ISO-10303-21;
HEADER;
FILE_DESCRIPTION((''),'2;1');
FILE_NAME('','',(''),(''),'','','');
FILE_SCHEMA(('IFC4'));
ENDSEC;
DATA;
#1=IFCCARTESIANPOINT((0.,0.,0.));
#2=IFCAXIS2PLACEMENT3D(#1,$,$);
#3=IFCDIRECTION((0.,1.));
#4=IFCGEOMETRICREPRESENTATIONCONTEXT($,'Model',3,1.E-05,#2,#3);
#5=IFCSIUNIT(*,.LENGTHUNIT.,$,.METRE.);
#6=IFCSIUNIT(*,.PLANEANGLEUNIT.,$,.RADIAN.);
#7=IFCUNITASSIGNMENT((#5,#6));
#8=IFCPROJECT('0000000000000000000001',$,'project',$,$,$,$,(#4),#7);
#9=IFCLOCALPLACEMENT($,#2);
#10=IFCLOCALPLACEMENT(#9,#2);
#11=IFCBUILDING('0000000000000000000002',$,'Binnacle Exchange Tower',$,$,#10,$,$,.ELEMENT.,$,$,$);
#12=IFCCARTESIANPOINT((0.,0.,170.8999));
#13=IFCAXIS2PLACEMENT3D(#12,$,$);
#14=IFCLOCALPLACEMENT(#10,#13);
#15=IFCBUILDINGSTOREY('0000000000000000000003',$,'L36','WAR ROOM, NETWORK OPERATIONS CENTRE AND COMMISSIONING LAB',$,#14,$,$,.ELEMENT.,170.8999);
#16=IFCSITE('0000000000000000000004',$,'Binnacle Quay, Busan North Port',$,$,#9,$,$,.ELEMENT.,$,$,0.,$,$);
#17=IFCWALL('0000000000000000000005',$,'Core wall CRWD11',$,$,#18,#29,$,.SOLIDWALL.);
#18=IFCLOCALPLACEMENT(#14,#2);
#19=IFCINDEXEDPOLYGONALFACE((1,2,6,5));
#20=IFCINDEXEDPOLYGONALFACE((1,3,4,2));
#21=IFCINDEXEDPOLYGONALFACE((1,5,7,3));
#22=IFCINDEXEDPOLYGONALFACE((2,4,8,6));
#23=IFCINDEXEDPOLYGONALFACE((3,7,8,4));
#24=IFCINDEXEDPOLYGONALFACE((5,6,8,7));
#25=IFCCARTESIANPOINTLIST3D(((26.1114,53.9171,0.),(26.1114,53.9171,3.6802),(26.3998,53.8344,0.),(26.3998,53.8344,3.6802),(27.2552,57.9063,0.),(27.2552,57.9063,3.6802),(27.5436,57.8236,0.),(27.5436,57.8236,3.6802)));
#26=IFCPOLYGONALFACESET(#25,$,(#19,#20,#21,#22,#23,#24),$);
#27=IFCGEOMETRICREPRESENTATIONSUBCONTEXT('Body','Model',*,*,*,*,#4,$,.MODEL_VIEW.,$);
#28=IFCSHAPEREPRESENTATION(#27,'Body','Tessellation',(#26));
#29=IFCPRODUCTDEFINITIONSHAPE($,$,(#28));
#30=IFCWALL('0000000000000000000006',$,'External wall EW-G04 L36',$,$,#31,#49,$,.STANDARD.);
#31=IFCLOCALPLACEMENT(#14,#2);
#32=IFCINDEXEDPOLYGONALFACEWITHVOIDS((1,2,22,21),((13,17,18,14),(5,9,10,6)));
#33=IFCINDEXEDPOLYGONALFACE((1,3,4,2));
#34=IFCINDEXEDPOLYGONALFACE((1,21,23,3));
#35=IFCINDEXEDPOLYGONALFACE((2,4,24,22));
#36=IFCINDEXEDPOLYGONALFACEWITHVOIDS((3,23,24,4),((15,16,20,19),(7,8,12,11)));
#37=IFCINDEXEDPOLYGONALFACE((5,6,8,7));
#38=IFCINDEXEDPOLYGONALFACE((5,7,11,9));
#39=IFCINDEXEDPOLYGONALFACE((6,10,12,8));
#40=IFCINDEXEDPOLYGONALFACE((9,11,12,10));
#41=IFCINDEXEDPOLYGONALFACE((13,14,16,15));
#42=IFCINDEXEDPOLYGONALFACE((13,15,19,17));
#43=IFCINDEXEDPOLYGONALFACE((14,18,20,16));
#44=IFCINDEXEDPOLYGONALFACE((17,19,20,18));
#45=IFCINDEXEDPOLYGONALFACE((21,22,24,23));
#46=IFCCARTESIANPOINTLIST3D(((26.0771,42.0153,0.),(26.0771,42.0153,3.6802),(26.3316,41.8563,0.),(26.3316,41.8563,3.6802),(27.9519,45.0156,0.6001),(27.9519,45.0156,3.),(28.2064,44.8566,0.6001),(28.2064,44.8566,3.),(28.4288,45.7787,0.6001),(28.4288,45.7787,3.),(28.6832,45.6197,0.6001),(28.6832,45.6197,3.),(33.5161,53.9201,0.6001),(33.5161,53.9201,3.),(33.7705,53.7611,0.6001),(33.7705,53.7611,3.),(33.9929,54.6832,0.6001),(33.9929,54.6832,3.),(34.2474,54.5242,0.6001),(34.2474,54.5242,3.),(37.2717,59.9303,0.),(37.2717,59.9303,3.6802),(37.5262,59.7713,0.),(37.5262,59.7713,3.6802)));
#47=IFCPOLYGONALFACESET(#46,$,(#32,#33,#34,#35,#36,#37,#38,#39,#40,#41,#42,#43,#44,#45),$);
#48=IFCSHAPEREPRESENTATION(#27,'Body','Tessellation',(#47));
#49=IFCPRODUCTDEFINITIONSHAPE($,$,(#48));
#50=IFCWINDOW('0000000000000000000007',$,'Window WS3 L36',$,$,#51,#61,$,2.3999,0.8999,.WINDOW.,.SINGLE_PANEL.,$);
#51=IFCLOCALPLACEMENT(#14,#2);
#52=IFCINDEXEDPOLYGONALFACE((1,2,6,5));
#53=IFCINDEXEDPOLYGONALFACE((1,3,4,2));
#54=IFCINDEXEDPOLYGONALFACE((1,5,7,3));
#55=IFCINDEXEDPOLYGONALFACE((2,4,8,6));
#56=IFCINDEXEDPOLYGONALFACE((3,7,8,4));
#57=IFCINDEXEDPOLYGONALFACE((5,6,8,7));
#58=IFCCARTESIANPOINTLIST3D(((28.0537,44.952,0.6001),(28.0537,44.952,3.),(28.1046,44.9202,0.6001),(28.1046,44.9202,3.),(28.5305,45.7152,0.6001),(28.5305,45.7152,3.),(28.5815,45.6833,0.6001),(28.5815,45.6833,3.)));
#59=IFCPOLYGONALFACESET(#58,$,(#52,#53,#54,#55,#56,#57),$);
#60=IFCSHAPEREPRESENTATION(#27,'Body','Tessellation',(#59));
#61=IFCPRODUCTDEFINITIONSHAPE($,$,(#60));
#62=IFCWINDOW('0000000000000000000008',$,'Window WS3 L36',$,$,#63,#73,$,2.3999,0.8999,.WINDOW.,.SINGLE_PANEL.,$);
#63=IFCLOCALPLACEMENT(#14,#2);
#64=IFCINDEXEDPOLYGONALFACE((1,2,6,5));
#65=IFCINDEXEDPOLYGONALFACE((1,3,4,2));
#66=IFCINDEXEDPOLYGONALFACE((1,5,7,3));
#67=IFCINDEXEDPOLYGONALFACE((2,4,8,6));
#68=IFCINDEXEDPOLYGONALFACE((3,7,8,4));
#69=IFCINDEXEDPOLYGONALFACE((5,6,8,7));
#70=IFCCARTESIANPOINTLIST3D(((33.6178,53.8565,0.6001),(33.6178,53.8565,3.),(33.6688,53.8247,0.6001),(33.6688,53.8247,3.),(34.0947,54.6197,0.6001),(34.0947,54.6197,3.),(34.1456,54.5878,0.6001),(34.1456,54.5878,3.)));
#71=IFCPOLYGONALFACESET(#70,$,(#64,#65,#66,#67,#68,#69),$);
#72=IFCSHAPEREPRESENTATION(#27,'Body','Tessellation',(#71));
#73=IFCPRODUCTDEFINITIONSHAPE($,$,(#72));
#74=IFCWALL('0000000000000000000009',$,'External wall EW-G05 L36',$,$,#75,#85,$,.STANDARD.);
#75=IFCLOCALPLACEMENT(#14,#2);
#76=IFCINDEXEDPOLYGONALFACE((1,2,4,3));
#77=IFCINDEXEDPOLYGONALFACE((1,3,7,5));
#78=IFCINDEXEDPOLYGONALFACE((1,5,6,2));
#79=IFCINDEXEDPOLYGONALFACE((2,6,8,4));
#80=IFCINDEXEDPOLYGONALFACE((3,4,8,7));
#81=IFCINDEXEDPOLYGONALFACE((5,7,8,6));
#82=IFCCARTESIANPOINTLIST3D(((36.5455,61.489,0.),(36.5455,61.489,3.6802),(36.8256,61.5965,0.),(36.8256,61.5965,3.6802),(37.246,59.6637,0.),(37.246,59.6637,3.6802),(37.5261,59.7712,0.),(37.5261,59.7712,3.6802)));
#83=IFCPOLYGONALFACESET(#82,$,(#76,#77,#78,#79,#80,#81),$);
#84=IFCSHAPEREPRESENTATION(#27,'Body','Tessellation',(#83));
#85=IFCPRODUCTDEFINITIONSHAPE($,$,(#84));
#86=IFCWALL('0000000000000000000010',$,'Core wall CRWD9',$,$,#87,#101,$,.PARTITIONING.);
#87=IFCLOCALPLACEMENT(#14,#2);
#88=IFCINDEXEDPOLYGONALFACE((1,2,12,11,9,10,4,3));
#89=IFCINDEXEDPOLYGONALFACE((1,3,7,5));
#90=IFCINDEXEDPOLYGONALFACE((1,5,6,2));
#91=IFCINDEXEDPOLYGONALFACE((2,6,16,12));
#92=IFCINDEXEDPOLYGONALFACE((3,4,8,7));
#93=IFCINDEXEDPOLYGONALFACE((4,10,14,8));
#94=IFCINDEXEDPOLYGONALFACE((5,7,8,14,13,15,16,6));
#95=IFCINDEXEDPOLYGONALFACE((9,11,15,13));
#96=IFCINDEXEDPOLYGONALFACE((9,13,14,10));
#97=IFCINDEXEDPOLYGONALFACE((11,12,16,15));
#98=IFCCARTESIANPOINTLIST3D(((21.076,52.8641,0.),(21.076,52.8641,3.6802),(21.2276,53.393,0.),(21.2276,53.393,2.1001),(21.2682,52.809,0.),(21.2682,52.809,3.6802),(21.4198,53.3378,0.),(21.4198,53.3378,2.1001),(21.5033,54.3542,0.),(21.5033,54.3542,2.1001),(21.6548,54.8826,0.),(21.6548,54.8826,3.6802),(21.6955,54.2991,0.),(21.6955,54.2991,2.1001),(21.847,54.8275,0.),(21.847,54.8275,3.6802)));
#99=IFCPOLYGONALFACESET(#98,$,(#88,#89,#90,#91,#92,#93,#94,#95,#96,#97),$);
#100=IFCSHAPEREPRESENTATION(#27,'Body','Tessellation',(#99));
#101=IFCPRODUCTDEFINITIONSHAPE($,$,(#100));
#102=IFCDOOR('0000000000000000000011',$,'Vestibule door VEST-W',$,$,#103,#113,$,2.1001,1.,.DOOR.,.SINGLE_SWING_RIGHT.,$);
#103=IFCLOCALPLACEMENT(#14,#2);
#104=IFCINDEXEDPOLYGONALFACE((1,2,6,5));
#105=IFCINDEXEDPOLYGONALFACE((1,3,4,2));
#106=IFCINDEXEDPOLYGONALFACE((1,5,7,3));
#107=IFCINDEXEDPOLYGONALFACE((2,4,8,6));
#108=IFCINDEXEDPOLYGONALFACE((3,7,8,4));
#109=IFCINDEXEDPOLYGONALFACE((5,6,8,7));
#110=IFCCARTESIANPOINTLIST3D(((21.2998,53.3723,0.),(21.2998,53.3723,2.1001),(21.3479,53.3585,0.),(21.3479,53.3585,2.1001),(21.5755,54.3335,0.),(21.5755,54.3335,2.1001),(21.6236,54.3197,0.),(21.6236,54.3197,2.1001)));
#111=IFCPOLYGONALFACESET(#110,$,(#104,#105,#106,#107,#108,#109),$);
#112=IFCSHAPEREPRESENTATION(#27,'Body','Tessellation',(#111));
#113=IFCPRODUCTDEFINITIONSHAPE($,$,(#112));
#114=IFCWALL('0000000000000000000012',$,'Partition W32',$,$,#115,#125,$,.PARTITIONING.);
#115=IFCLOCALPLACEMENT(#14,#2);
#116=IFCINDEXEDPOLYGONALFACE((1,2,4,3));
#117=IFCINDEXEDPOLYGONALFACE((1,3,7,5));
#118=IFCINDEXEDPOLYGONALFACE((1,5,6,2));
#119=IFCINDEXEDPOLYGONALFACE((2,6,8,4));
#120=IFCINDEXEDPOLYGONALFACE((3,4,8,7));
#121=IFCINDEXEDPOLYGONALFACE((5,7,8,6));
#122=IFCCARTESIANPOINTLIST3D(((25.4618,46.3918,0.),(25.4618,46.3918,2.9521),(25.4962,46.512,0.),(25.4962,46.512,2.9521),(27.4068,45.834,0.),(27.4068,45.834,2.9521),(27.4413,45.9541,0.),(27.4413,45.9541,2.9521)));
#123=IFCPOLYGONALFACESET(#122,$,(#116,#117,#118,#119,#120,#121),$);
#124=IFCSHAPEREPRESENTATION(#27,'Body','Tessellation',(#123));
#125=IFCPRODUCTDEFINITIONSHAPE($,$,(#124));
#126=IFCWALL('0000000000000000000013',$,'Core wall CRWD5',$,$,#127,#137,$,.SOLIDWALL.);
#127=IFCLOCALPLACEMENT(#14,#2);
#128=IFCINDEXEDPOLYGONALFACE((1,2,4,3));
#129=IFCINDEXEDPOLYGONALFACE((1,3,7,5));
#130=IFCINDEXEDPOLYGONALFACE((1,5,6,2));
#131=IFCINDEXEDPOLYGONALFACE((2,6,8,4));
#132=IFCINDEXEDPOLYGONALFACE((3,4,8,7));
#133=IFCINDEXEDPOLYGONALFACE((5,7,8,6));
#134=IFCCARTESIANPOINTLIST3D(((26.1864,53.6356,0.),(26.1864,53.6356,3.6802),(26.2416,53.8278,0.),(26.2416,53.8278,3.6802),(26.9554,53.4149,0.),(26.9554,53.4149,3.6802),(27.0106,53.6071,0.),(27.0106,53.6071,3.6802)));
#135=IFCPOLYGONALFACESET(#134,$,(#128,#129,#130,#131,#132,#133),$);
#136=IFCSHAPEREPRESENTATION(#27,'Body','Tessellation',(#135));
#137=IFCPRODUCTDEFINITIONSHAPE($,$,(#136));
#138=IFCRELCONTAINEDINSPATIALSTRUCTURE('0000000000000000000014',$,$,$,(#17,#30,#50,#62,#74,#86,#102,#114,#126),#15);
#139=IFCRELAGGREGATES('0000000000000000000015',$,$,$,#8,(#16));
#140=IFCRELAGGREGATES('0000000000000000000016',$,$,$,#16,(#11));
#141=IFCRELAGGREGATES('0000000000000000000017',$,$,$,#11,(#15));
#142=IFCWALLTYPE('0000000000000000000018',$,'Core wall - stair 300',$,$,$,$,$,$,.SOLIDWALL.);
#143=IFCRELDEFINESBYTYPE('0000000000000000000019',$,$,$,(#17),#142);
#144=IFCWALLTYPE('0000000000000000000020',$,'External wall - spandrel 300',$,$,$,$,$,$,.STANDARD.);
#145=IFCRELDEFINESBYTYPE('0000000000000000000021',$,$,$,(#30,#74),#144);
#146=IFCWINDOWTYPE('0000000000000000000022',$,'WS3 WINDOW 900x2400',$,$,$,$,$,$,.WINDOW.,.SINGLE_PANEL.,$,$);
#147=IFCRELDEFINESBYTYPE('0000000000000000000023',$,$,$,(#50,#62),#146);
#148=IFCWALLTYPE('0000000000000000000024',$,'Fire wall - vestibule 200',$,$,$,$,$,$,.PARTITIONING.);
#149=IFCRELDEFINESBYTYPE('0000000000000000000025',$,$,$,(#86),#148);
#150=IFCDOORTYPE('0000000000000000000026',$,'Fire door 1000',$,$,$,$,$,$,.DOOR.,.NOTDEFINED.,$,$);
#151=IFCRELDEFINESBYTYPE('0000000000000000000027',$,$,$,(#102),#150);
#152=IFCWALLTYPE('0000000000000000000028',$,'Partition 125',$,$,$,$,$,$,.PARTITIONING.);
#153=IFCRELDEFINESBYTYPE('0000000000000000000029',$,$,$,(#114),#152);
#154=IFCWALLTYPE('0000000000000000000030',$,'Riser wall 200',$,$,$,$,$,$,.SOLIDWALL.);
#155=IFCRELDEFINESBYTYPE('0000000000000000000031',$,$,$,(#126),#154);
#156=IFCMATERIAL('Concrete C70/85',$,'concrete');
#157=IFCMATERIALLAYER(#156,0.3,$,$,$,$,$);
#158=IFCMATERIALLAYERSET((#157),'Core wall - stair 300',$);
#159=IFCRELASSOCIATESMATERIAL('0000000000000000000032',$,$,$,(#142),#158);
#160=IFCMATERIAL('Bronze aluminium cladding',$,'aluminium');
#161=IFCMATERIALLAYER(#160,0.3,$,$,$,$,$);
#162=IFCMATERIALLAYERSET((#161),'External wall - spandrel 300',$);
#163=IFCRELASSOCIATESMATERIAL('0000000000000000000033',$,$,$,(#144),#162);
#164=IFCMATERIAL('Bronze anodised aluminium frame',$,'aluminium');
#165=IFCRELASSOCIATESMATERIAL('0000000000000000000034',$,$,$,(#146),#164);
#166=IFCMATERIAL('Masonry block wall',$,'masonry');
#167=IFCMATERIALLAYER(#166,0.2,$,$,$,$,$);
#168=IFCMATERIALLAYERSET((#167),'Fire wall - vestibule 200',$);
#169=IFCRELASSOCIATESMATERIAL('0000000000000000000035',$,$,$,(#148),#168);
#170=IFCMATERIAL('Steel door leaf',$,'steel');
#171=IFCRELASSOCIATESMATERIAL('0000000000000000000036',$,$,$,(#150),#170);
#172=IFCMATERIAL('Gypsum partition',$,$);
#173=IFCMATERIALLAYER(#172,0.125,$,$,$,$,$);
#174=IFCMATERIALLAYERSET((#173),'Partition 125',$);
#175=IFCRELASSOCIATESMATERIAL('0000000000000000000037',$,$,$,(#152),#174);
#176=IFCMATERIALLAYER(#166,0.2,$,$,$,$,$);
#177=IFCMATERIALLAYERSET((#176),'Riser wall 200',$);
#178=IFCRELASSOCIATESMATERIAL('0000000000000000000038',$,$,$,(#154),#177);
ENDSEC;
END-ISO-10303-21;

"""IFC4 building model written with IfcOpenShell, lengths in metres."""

from ifc_helpers import new_model, si_unit, direction, frame, frame_2d, origin, place, context, subcontext, project, spatial, rectangle, extrude, material, layer, layer_set, type_object, element, fill, save


model = new_model("IFC4")

# Units and contexts
model_context = context("Model", 3, precision=1e-05, world=origin(), true_north=direction((0.0, 1.0)))
body_context = subcontext(model_context, "Body", "Model", "MODEL_VIEW")
ifc_project = project(units=[si_unit("LENGTHUNIT", "METRE"), si_unit("PLANEANGLEUNIT", "RADIAN")], contexts=[model_context])

# Site, building, storey
site_placement = place(None, origin())
site = spatial("IfcSite", under=ifc_project, at=site_placement, Name="Binnacle Quay, Busan North Port", CompositionType="ELEMENT", RefElevation=0.0)
building_placement = place(site_placement, origin())
building = spatial("IfcBuilding", under=site, at=building_placement, Name="Binnacle Exchange Tower", CompositionType="ELEMENT")
storey_placement = place(building_placement, frame((0.0, 0.0, 170.8999)))
storey = spatial("IfcBuildingStorey", under=building, at=storey_placement, Name="L36", Description="WAR ROOM, NETWORK OPERATIONS CENTRE AND COMMISSIONING LAB", CompositionType="ELEMENT", Elevation=170.8999)

# Shared definitions
ifc_material_1 = material(Name="Concrete C70/85", Category="concrete")

# Shared definitions
ifc_material_2 = material(Name="Steel door leaf", Category="steel")

# Wall
ifc_layer_1 = layer(ifc_material_1, 0.3)
ifc_layer_set_1 = layer_set([ifc_layer_1], Name="Core wall - stair 300")
wall_type_1 = type_object("IfcWallType", Name="Core wall - stair 300", PredefinedType="SOLIDWALL", material=ifc_layer_set_1)
wall_1_placement = place(storey_placement, frame((26.2556, 53.8757, 0.0), z_axis=(0.0, 0.0, 1.0), x_axis=(0.275615, 0.961268, 0.0)))
element("IfcWall", 1, at=wall_1_placement, inside=storey, type_object=wall_type_1, Name="Core wall CRWD11", PredefinedType="SOLIDWALL", context=body_context, shape_type="SweptSolid", body=[
    extrude(rectangle(XDim=4.1499, YDim=0.3, at=frame_2d((2.075, 0.0))), origin(), (0.0, 0.0, 1.0), 3.6802),
])

# Wall, openings, windows
ifc_material_3 = material(Name="Bronze aluminium cladding", Category="aluminium")
ifc_layer_2 = layer(ifc_material_3, 0.3)
ifc_layer_set_2 = layer_set([ifc_layer_2], Name="External wall - spandrel 300")
wall_type_2 = type_object("IfcWallType", Name="External wall - spandrel 300", PredefinedType="STANDARD", material=ifc_layer_set_2)
wall_2_placement = place(storey_placement, frame((37.3989, 59.8508, 0.0), z_axis=(0.0, 0.0, 1.0), x_axis=(-0.52992, -0.848048, 0.0)))
wall_2 = element("IfcWall", 2, at=wall_2_placement, inside=storey, type_object=wall_type_2, Name="External wall EW-G04 L36", PredefinedType="STANDARD", context=body_context, shape_type="SweptSolid", body=[
    extrude(rectangle(XDim=21.125, YDim=0.3, at=frame_2d((10.5625, 0.0))), origin(), (0.0, 0.0, 1.0), 3.6802),
])
opening_1_placement = place(wall_2_placement, frame((16.6873, 0.0, 0.6001)))
opening_1 = element("IfcOpeningElement", 3, at=opening_1_placement, cuts=wall_2, PredefinedType="OPENING", context=body_context, shape_type="SweptSolid", body=[
    extrude(rectangle(XDim=0.8999, YDim=2.3999, at=frame_2d((0.45, 1.2))), frame((0.0, 0.1599, 0.0), z_axis=(0.0, -1.0, 0.0), x_axis=(1.0, 0.0, 0.0)), (0.0, 0.0, 1.0), 0.3201),
])
opening_2_placement = place(wall_2_placement, frame((6.1873, 0.0, 0.6001)))
opening_2 = element("IfcOpeningElement", 4, at=opening_2_placement, cuts=wall_2, PredefinedType="OPENING", context=body_context, shape_type="SweptSolid", body=[
    extrude(rectangle(XDim=0.8999, YDim=2.3999, at=frame_2d((0.45, 1.2))), frame((0.0, 0.1599, 0.0), z_axis=(0.0, -1.0, 0.0), x_axis=(1.0, 0.0, 0.0)), (0.0, 0.0, 1.0), 0.3201),
])
ifc_material_4 = material(Name="Bronze anodised aluminium frame", Category="aluminium")
window_type = type_object("IfcWindowType", Name="WS3 WINDOW 900x2400", PartitioningType="SINGLE_PANEL", PredefinedType="WINDOW", material=ifc_material_4)
window_1_placement = place(opening_1_placement, origin())
window_1 = element("IfcWindow", 5, at=window_1_placement, inside=storey, type_object=window_type, Name="Window WS3 L36", OverallHeight=2.3999, OverallWidth=0.8999, PartitioningType="SINGLE_PANEL", PredefinedType="WINDOW", context=body_context, shape_type="SweptSolid", body=[
    extrude(rectangle(XDim=0.8999, YDim=2.3999, at=frame_2d((0.45, 1.2))), frame((0.0, 0.03, 0.0), z_axis=(0.0, -1.0, 0.0), x_axis=(1.0, 0.0, 0.0)), (0.0, 0.0, 1.0), 0.0601),
])
fill(opening_1, window_1)
window_2_placement = place(opening_2_placement, origin())
window_2 = element("IfcWindow", 6, at=window_2_placement, inside=storey, type_object=window_type, Name="Window WS3 L36", OverallHeight=2.3999, OverallWidth=0.8999, PartitioningType="SINGLE_PANEL", PredefinedType="WINDOW", context=body_context, shape_type="SweptSolid", body=[
    extrude(rectangle(XDim=0.8999, YDim=2.3999, at=frame_2d((0.45, 1.2))), frame((0.0, 0.03, 0.0), z_axis=(0.0, -1.0, 0.0), x_axis=(1.0, 0.0, 0.0)), (0.0, 0.0, 1.0), 0.0601),
])
fill(opening_2, window_2)

# Wall
wall_3_placement = place(storey_placement, frame((36.6855, 61.5427, 0.0), z_axis=(0.0, 0.0, 1.0), x_axis=(0.358284, -0.933612, 0.0)))
element("IfcWall", 7, at=wall_3_placement, inside=storey, type_object=wall_type_2, Name="External wall EW-G05 L36", PredefinedType="STANDARD", context=body_context, shape_type="SweptSolid", body=[
    extrude(rectangle(XDim=1.9551, YDim=0.3, at=frame_2d((0.9775, 0.0))), origin(), (0.0, 0.0, 1.0), 3.6802),
])

# Wall, opening, door
ifc_material_5 = material(Name="Masonry block wall", Category="masonry")
ifc_layer_3 = layer(ifc_material_5, 0.2)
ifc_layer_set_3 = layer_set([ifc_layer_3], Name="Fire wall - vestibule 200")
wall_type_3 = type_object("IfcWallType", Name="Fire wall - vestibule 200", PredefinedType="PARTITIONING", material=ifc_layer_set_3)
wall_4_placement = place(storey_placement, frame((21.1721, 52.8367, 0.0), z_axis=(0.0, 0.0, 1.0), x_axis=(0.275658, 0.961256, 0.0)))
wall_4 = element("IfcWall", 8, at=wall_4_placement, inside=storey, type_object=wall_type_3, Name="Core wall CRWD9", PredefinedType="PARTITIONING", context=body_context, shape_type="SweptSolid", body=[
    extrude(rectangle(XDim=2.0999, YDim=0.2, at=frame_2d((1.0498, 0.0))), origin(), (0.0, 0.0, 1.0), 3.6802),
])
opening_3_placement = place(wall_4_placement, frame((0.55, 0.0, 0.0)))
opening_3 = element("IfcOpeningElement", 9, at=opening_3_placement, cuts=wall_4, PredefinedType="OPENING", context=body_context, shape_type="SweptSolid", body=[
    extrude(rectangle(XDim=1.0, YDim=2.1001, at=frame_2d((0.5, 1.05))), frame((0.0, 0.1099, 0.0), z_axis=(0.0, -1.0, 0.0), x_axis=(1.0, 0.0, 0.0)), (0.0, 0.0, 1.0), 0.22),
])
door_type_1 = type_object("IfcDoorType", Name="Fire door 1000", OperationType="NOTDEFINED", PredefinedType="DOOR", material=ifc_material_2)
door_1_placement = place(opening_3_placement, origin())
door_1 = element("IfcDoor", 10, at=door_1_placement, inside=storey, type_object=door_type_1, Name="Vestibule door VEST-W", OperationType="SINGLE_SWING_RIGHT", OverallHeight=2.1001, OverallWidth=1.0, PredefinedType="DOOR", context=body_context, shape_type="SweptSolid", body=[
    extrude(rectangle(XDim=1.0, YDim=2.1001, at=frame_2d((0.5, 1.05))), frame((0.0, 0.0249, 0.0), z_axis=(0.0, -1.0, 0.0), x_axis=(1.0, 0.0, 0.0)), (0.0, 0.0, 1.0), 0.05),
])
fill(opening_3, door_1)

# Walls
ifc_material_6 = material(Name="Gypsum partition")
ifc_layer_4 = layer(ifc_material_6, 0.125)
ifc_layer_set_4 = layer_set([ifc_layer_4], Name="Partition 125")
wall_type_4 = type_object("IfcWallType", Name="Partition 125", PredefinedType="PARTITIONING", material=ifc_layer_set_4)
wall_5_placement = place(storey_placement, frame((25.479, 46.4519, 0.0), z_axis=(0.0, 0.0, 1.0), x_axis=(0.961246, -0.275693, 0.0)))
element("IfcWall", 11, at=wall_5_placement, inside=storey, type_object=wall_type_4, Name="Partition W32", PredefinedType="PARTITIONING", context=body_context, shape_type="SweptSolid", body=[
    extrude(rectangle(XDim=2.0234, YDim=0.125, at=frame_2d((1.0117, 0.0))), origin(), (0.0, 0.0, 1.0), 2.9521),
])
ifc_layer_5 = layer(ifc_material_5, 0.2)
ifc_layer_set_5 = layer_set([ifc_layer_5], Name="Riser wall 200")
wall_type_5 = type_object("IfcWallType", Name="Riser wall 200", PredefinedType="SOLIDWALL", material=ifc_layer_set_5)
wall_6_placement = place(storey_placement, frame((26.2141, 53.7317, 0.0), z_axis=(0.0, 0.0, 1.0), x_axis=(0.961201, -0.275849, 0.0)))
element("IfcWall", 12, at=wall_6_placement, inside=storey, type_object=wall_type_5, Name="Core wall CRWD5", PredefinedType="SOLIDWALL", context=body_context, shape_type="SweptSolid", body=[
    extrude(rectangle(XDim=0.8, YDim=0.2, at=frame_2d((0.3999, 0.0))), origin(), (0.0, 0.0, 1.0), 3.6802),
])

save(model, "model.ifc")
